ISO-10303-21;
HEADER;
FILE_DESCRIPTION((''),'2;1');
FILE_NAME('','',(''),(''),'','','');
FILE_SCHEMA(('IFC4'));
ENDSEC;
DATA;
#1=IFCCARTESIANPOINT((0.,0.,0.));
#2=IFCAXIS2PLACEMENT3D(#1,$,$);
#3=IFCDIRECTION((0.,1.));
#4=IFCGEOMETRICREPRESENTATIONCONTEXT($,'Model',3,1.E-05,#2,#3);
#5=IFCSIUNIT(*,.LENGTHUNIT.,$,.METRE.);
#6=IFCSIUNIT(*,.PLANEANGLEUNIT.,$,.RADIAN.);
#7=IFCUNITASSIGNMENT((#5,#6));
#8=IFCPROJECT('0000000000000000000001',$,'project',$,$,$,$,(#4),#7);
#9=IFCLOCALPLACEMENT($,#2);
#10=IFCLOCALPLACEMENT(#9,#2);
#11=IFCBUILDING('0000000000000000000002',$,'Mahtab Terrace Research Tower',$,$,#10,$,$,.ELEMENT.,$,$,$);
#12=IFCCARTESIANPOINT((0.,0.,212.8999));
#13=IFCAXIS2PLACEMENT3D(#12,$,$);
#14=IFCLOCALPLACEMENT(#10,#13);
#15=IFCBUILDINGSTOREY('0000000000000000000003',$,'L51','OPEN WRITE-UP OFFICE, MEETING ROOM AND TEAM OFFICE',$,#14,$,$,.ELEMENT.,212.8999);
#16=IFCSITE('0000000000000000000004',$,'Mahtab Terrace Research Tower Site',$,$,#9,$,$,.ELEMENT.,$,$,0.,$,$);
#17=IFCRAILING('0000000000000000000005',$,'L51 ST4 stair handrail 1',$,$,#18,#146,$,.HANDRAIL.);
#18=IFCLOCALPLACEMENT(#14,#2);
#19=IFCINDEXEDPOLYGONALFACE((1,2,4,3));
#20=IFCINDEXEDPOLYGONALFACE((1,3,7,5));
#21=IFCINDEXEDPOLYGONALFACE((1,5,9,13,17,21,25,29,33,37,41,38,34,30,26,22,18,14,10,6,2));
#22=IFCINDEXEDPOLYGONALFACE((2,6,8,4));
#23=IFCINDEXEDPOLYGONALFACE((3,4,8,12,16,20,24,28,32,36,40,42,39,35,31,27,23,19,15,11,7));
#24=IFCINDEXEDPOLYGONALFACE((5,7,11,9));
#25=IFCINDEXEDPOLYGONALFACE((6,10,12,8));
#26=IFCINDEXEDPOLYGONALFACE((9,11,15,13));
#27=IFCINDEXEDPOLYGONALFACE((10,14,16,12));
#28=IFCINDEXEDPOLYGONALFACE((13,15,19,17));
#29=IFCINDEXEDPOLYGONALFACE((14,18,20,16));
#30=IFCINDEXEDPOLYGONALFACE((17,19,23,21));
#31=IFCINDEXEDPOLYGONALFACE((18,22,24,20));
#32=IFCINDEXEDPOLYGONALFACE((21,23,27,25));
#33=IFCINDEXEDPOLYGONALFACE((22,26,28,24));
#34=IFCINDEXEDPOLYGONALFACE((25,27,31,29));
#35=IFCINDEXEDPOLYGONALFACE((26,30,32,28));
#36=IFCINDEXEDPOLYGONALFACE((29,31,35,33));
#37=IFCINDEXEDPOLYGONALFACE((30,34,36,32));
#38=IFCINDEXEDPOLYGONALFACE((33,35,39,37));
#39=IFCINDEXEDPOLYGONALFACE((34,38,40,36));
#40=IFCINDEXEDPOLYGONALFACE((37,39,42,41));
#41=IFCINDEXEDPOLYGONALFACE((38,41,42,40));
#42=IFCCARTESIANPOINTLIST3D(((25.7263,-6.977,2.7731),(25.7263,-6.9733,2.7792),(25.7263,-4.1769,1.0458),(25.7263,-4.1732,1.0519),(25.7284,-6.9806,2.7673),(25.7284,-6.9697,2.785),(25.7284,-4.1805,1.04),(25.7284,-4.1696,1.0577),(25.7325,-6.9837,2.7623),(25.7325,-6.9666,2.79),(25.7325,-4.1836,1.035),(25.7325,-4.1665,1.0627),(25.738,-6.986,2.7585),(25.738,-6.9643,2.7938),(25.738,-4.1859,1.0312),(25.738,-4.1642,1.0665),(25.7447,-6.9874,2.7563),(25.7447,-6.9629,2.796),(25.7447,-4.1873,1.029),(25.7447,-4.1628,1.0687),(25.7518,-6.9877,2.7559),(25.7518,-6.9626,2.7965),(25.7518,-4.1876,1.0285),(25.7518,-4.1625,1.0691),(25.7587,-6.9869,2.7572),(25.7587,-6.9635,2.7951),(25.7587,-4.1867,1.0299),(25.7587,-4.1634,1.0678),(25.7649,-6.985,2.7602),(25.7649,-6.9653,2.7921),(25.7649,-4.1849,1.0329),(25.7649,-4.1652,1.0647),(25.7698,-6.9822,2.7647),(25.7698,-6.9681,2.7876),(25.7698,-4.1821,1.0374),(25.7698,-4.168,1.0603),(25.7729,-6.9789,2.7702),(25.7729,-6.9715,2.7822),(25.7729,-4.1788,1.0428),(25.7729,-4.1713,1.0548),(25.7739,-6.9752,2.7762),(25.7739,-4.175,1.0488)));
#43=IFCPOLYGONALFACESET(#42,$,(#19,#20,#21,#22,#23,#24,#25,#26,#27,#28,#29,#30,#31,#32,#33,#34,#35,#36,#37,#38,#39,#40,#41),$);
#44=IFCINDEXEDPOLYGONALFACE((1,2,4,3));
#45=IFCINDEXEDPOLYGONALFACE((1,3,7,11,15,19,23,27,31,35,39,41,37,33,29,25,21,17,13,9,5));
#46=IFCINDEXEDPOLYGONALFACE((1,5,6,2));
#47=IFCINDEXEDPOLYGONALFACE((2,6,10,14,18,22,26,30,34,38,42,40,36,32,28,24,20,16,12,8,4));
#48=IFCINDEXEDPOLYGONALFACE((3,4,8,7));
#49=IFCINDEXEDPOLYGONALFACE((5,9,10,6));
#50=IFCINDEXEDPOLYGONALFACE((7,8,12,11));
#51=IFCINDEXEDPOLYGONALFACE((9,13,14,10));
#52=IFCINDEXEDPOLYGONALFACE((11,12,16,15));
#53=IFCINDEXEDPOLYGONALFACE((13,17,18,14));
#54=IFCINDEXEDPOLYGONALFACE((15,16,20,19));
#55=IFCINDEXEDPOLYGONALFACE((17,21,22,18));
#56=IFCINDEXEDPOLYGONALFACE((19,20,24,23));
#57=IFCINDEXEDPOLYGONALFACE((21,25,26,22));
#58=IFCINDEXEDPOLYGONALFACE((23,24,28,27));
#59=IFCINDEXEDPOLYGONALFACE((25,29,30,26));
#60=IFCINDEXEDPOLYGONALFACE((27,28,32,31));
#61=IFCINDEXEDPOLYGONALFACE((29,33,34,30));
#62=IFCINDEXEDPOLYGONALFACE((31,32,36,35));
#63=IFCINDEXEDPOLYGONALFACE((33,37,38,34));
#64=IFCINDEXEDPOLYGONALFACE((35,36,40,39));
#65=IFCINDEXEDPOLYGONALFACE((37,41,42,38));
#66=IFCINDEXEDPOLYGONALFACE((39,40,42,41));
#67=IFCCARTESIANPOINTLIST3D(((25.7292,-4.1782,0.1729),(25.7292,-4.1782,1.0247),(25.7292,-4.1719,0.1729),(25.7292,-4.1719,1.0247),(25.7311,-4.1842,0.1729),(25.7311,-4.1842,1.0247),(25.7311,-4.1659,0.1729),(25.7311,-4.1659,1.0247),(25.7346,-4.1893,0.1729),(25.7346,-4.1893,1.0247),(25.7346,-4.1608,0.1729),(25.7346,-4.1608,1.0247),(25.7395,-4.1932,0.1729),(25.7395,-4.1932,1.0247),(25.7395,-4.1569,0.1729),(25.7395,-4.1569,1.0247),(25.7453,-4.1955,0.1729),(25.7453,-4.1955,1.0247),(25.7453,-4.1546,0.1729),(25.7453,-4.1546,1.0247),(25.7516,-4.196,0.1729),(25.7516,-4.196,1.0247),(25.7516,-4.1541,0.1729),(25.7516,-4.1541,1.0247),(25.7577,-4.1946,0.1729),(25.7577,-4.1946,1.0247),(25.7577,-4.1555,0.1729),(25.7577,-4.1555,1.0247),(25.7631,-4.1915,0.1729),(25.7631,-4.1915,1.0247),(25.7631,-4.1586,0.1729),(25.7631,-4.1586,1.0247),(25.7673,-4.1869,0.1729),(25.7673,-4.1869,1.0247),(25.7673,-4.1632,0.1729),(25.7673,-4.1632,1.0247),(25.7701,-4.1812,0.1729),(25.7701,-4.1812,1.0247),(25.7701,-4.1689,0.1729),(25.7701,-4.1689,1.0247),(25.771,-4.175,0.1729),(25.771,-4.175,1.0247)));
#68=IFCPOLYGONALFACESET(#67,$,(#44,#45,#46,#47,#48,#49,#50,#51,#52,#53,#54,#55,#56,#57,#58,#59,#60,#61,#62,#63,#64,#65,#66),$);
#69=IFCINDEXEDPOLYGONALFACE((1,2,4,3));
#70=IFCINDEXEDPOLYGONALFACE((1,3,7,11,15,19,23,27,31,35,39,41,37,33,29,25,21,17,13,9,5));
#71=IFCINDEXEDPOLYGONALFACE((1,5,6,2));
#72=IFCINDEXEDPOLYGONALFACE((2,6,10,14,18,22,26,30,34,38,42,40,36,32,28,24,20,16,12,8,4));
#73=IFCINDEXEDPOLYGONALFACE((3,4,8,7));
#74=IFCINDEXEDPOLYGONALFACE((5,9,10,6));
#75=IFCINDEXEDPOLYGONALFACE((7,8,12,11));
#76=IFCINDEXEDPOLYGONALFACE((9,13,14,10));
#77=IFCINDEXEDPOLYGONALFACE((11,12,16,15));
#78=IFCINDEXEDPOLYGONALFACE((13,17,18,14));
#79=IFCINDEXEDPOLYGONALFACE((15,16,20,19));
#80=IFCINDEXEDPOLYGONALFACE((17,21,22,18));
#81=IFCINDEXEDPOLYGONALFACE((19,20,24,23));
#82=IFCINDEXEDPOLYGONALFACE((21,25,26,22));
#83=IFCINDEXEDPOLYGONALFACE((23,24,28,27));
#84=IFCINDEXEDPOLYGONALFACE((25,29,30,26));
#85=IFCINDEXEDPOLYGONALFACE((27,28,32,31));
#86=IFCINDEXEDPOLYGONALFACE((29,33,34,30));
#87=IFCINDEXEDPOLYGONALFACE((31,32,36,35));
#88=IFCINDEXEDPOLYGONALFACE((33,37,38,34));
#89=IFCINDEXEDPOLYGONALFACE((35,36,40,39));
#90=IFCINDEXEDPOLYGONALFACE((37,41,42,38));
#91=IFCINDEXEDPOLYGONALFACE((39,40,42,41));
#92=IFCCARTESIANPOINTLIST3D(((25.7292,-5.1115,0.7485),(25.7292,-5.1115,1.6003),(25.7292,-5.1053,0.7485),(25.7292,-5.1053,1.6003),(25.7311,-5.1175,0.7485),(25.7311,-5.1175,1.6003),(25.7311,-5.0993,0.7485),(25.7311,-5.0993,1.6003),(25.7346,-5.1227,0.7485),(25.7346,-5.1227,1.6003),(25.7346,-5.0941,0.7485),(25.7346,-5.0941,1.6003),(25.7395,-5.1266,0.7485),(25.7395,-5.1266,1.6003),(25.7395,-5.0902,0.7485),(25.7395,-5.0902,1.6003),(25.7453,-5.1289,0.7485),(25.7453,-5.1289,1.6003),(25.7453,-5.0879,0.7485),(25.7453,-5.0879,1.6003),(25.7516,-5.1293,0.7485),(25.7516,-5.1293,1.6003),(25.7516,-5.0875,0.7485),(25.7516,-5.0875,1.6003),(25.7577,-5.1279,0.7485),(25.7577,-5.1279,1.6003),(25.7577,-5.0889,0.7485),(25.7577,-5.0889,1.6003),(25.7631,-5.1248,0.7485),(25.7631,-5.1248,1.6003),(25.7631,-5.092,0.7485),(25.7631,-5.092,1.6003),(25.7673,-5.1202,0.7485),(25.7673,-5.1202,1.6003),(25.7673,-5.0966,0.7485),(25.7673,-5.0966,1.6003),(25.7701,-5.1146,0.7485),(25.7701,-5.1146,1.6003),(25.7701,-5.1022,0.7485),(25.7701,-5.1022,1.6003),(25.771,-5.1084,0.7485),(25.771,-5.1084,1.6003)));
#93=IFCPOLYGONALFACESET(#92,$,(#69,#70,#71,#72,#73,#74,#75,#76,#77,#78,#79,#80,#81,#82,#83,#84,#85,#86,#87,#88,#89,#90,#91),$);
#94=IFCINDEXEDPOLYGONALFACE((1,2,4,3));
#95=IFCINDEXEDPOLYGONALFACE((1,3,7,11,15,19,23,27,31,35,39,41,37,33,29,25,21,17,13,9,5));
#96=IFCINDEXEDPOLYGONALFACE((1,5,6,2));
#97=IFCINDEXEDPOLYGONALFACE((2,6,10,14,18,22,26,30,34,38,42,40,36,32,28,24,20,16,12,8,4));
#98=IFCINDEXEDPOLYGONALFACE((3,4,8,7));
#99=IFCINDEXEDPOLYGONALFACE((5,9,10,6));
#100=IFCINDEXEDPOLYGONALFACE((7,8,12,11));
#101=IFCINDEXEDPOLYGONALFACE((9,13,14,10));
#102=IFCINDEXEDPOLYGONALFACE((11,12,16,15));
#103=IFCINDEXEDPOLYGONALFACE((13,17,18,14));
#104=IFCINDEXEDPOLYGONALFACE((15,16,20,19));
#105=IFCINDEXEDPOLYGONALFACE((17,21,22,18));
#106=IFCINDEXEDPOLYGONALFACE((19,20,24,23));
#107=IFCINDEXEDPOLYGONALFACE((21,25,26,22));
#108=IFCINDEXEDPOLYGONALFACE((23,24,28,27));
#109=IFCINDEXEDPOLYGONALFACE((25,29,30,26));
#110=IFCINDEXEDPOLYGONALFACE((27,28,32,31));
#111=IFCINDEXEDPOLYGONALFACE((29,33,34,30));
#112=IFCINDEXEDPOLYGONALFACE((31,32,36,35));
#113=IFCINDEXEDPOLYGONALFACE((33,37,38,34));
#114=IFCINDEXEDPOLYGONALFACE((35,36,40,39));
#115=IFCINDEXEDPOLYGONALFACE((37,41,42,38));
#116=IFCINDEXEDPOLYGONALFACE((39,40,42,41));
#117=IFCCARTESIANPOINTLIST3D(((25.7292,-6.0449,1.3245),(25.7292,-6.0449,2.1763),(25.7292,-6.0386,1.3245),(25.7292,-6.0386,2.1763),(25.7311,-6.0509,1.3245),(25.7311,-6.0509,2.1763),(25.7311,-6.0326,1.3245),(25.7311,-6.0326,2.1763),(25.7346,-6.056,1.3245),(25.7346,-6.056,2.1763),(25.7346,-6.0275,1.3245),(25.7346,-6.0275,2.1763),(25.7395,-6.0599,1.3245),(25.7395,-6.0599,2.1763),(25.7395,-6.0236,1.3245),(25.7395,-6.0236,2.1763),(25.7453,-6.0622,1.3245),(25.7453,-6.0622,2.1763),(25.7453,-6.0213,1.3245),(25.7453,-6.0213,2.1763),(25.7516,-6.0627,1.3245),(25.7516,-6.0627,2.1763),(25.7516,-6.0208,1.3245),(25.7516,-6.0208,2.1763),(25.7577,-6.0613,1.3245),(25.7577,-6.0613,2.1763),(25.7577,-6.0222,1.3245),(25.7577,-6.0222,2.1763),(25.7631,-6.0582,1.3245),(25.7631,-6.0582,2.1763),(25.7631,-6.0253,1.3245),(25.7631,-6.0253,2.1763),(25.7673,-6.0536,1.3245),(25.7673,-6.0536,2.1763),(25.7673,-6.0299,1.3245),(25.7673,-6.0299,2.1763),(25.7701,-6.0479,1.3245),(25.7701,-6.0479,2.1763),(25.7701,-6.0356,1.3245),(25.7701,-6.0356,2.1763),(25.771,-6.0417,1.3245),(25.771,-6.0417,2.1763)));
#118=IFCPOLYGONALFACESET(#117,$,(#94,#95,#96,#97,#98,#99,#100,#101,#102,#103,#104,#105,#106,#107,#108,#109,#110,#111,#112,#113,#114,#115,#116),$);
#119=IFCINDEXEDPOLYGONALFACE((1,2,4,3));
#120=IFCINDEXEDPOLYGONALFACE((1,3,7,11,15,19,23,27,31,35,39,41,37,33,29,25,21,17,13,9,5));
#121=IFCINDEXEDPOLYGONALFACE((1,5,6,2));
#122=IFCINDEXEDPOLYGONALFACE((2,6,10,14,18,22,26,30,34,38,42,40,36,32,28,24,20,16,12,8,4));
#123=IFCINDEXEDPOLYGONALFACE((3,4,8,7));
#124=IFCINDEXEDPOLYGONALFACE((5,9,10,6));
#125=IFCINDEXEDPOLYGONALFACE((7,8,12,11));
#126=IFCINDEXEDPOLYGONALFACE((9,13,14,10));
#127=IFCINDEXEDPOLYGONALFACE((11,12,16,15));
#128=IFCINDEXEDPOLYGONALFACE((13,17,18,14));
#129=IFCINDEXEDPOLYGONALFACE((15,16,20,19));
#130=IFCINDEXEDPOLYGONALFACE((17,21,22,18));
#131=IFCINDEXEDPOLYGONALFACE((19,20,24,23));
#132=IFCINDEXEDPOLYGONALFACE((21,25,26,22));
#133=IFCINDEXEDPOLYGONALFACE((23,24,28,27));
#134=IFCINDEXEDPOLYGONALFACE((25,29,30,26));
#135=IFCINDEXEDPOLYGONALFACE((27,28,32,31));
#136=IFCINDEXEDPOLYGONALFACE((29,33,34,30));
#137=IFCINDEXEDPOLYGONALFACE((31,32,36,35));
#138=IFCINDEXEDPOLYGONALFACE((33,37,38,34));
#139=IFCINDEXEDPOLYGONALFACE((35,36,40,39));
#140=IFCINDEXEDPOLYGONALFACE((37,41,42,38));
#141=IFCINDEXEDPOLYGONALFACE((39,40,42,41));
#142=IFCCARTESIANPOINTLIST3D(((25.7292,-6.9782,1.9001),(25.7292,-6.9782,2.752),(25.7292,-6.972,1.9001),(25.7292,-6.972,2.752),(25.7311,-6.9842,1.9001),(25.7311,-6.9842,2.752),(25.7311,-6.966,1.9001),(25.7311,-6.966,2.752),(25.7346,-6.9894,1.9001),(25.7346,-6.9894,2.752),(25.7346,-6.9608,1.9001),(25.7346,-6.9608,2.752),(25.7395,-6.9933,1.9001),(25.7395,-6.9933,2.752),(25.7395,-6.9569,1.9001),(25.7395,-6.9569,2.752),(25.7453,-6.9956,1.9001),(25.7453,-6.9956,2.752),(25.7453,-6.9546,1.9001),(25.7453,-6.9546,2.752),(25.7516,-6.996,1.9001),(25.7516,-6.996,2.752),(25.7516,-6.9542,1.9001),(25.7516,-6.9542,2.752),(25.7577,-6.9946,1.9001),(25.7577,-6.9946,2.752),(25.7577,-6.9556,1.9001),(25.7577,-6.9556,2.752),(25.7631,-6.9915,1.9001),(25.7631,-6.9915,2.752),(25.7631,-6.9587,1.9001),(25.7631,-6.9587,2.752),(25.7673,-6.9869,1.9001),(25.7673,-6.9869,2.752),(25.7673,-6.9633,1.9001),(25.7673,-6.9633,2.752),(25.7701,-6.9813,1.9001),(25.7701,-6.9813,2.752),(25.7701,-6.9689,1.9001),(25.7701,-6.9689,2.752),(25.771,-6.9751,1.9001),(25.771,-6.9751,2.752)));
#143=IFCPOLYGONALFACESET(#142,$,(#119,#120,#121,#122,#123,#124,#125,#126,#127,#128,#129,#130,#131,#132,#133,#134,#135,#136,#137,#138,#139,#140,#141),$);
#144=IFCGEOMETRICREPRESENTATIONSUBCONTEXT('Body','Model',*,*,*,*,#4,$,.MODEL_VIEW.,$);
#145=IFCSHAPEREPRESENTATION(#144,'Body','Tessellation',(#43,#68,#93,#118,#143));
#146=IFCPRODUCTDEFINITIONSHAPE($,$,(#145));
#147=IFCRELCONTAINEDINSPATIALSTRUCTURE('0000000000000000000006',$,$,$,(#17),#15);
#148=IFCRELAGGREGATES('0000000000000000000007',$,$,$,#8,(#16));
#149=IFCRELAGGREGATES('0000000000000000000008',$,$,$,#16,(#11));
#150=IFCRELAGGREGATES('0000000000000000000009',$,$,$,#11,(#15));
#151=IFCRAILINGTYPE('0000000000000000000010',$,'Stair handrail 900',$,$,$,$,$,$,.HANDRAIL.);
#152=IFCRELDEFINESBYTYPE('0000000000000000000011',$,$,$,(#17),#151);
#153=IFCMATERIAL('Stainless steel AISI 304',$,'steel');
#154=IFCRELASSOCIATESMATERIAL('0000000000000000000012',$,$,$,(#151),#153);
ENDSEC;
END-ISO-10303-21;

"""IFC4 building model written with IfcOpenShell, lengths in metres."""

from ifc_helpers import new_model, si_unit, direction, frame, origin, origin_2d, place, context, subcontext, project, spatial, circle, extrude, material, type_object, element, save


model = new_model("IFC4")

# Units and contexts
model_context = context("Model", 3, precision=1e-05, world=origin(), true_north=direction((0.0, 1.0)))
body_context = subcontext(model_context, "Body", "Model", "MODEL_VIEW")
ifc_project = project(units=[si_unit("LENGTHUNIT", "METRE"), si_unit("PLANEANGLEUNIT", "RADIAN")], contexts=[model_context])

# Site, building, storey
site_placement = place(None, origin())
site = spatial("IfcSite", under=ifc_project, at=site_placement, Name="Mahtab Terrace Research Tower Site", CompositionType="ELEMENT", RefElevation=0.0)
building_placement = place(site_placement, origin())
building = spatial("IfcBuilding", under=site, at=building_placement, Name="Mahtab Terrace Research Tower", CompositionType="ELEMENT")
storey_placement = place(building_placement, frame((0.0, 0.0, 212.8999)))
storey = spatial("IfcBuildingStorey", under=building, at=storey_placement, Name="L51", Description="OPEN WRITE-UP OFFICE, MEETING ROOM AND TEAM OFFICE", CompositionType="ELEMENT", Elevation=212.8999)

# Shared definitions
ifc_material_1 = material(Name="Stainless steel AISI 304", Category="steel")

# Railing
railing_type_1 = type_object("IfcRailingType", Name="Stair handrail 900", PredefinedType="HANDRAIL", material=ifc_material_1)
railing_1_placement = place(storey_placement, frame((25.75, -4.175, 0.1729)))
element("IfcRailing", 1, at=railing_1_placement, inside=storey, type_object=railing_type_1, Name="L51 ST4 stair handrail 1", PredefinedType="HANDRAIL", context=body_context, shape_type="SweptSolid", body=[
    extrude(circle(Radius=0.0239, at=origin_2d()), frame((0.0, 0.0, 0.876), z_axis=(0.0, -0.85109, 0.52502), x_axis=(1.0, 0.0, 0.0)), (0.0, 0.0, 1.0), 3.29),
    extrude(circle(Radius=0.021, at=origin_2d()), origin(), (0.0, 0.0, 1.0), 0.8518),
    extrude(circle(Radius=0.021, at=origin_2d()), frame((0.0, -0.9333, 0.5757)), (0.0, 0.0, 1.0), 0.8518),
    extrude(circle(Radius=0.021, at=origin_2d()), frame((0.0, -1.8667, 1.1516)), (0.0, 0.0, 1.0), 0.8518),
    extrude(circle(Radius=0.021, at=origin_2d()), frame((0.0, -2.8, 1.7273)), (0.0, 0.0, 1.0), 0.8518),
])

save(model, "model.ifc")
